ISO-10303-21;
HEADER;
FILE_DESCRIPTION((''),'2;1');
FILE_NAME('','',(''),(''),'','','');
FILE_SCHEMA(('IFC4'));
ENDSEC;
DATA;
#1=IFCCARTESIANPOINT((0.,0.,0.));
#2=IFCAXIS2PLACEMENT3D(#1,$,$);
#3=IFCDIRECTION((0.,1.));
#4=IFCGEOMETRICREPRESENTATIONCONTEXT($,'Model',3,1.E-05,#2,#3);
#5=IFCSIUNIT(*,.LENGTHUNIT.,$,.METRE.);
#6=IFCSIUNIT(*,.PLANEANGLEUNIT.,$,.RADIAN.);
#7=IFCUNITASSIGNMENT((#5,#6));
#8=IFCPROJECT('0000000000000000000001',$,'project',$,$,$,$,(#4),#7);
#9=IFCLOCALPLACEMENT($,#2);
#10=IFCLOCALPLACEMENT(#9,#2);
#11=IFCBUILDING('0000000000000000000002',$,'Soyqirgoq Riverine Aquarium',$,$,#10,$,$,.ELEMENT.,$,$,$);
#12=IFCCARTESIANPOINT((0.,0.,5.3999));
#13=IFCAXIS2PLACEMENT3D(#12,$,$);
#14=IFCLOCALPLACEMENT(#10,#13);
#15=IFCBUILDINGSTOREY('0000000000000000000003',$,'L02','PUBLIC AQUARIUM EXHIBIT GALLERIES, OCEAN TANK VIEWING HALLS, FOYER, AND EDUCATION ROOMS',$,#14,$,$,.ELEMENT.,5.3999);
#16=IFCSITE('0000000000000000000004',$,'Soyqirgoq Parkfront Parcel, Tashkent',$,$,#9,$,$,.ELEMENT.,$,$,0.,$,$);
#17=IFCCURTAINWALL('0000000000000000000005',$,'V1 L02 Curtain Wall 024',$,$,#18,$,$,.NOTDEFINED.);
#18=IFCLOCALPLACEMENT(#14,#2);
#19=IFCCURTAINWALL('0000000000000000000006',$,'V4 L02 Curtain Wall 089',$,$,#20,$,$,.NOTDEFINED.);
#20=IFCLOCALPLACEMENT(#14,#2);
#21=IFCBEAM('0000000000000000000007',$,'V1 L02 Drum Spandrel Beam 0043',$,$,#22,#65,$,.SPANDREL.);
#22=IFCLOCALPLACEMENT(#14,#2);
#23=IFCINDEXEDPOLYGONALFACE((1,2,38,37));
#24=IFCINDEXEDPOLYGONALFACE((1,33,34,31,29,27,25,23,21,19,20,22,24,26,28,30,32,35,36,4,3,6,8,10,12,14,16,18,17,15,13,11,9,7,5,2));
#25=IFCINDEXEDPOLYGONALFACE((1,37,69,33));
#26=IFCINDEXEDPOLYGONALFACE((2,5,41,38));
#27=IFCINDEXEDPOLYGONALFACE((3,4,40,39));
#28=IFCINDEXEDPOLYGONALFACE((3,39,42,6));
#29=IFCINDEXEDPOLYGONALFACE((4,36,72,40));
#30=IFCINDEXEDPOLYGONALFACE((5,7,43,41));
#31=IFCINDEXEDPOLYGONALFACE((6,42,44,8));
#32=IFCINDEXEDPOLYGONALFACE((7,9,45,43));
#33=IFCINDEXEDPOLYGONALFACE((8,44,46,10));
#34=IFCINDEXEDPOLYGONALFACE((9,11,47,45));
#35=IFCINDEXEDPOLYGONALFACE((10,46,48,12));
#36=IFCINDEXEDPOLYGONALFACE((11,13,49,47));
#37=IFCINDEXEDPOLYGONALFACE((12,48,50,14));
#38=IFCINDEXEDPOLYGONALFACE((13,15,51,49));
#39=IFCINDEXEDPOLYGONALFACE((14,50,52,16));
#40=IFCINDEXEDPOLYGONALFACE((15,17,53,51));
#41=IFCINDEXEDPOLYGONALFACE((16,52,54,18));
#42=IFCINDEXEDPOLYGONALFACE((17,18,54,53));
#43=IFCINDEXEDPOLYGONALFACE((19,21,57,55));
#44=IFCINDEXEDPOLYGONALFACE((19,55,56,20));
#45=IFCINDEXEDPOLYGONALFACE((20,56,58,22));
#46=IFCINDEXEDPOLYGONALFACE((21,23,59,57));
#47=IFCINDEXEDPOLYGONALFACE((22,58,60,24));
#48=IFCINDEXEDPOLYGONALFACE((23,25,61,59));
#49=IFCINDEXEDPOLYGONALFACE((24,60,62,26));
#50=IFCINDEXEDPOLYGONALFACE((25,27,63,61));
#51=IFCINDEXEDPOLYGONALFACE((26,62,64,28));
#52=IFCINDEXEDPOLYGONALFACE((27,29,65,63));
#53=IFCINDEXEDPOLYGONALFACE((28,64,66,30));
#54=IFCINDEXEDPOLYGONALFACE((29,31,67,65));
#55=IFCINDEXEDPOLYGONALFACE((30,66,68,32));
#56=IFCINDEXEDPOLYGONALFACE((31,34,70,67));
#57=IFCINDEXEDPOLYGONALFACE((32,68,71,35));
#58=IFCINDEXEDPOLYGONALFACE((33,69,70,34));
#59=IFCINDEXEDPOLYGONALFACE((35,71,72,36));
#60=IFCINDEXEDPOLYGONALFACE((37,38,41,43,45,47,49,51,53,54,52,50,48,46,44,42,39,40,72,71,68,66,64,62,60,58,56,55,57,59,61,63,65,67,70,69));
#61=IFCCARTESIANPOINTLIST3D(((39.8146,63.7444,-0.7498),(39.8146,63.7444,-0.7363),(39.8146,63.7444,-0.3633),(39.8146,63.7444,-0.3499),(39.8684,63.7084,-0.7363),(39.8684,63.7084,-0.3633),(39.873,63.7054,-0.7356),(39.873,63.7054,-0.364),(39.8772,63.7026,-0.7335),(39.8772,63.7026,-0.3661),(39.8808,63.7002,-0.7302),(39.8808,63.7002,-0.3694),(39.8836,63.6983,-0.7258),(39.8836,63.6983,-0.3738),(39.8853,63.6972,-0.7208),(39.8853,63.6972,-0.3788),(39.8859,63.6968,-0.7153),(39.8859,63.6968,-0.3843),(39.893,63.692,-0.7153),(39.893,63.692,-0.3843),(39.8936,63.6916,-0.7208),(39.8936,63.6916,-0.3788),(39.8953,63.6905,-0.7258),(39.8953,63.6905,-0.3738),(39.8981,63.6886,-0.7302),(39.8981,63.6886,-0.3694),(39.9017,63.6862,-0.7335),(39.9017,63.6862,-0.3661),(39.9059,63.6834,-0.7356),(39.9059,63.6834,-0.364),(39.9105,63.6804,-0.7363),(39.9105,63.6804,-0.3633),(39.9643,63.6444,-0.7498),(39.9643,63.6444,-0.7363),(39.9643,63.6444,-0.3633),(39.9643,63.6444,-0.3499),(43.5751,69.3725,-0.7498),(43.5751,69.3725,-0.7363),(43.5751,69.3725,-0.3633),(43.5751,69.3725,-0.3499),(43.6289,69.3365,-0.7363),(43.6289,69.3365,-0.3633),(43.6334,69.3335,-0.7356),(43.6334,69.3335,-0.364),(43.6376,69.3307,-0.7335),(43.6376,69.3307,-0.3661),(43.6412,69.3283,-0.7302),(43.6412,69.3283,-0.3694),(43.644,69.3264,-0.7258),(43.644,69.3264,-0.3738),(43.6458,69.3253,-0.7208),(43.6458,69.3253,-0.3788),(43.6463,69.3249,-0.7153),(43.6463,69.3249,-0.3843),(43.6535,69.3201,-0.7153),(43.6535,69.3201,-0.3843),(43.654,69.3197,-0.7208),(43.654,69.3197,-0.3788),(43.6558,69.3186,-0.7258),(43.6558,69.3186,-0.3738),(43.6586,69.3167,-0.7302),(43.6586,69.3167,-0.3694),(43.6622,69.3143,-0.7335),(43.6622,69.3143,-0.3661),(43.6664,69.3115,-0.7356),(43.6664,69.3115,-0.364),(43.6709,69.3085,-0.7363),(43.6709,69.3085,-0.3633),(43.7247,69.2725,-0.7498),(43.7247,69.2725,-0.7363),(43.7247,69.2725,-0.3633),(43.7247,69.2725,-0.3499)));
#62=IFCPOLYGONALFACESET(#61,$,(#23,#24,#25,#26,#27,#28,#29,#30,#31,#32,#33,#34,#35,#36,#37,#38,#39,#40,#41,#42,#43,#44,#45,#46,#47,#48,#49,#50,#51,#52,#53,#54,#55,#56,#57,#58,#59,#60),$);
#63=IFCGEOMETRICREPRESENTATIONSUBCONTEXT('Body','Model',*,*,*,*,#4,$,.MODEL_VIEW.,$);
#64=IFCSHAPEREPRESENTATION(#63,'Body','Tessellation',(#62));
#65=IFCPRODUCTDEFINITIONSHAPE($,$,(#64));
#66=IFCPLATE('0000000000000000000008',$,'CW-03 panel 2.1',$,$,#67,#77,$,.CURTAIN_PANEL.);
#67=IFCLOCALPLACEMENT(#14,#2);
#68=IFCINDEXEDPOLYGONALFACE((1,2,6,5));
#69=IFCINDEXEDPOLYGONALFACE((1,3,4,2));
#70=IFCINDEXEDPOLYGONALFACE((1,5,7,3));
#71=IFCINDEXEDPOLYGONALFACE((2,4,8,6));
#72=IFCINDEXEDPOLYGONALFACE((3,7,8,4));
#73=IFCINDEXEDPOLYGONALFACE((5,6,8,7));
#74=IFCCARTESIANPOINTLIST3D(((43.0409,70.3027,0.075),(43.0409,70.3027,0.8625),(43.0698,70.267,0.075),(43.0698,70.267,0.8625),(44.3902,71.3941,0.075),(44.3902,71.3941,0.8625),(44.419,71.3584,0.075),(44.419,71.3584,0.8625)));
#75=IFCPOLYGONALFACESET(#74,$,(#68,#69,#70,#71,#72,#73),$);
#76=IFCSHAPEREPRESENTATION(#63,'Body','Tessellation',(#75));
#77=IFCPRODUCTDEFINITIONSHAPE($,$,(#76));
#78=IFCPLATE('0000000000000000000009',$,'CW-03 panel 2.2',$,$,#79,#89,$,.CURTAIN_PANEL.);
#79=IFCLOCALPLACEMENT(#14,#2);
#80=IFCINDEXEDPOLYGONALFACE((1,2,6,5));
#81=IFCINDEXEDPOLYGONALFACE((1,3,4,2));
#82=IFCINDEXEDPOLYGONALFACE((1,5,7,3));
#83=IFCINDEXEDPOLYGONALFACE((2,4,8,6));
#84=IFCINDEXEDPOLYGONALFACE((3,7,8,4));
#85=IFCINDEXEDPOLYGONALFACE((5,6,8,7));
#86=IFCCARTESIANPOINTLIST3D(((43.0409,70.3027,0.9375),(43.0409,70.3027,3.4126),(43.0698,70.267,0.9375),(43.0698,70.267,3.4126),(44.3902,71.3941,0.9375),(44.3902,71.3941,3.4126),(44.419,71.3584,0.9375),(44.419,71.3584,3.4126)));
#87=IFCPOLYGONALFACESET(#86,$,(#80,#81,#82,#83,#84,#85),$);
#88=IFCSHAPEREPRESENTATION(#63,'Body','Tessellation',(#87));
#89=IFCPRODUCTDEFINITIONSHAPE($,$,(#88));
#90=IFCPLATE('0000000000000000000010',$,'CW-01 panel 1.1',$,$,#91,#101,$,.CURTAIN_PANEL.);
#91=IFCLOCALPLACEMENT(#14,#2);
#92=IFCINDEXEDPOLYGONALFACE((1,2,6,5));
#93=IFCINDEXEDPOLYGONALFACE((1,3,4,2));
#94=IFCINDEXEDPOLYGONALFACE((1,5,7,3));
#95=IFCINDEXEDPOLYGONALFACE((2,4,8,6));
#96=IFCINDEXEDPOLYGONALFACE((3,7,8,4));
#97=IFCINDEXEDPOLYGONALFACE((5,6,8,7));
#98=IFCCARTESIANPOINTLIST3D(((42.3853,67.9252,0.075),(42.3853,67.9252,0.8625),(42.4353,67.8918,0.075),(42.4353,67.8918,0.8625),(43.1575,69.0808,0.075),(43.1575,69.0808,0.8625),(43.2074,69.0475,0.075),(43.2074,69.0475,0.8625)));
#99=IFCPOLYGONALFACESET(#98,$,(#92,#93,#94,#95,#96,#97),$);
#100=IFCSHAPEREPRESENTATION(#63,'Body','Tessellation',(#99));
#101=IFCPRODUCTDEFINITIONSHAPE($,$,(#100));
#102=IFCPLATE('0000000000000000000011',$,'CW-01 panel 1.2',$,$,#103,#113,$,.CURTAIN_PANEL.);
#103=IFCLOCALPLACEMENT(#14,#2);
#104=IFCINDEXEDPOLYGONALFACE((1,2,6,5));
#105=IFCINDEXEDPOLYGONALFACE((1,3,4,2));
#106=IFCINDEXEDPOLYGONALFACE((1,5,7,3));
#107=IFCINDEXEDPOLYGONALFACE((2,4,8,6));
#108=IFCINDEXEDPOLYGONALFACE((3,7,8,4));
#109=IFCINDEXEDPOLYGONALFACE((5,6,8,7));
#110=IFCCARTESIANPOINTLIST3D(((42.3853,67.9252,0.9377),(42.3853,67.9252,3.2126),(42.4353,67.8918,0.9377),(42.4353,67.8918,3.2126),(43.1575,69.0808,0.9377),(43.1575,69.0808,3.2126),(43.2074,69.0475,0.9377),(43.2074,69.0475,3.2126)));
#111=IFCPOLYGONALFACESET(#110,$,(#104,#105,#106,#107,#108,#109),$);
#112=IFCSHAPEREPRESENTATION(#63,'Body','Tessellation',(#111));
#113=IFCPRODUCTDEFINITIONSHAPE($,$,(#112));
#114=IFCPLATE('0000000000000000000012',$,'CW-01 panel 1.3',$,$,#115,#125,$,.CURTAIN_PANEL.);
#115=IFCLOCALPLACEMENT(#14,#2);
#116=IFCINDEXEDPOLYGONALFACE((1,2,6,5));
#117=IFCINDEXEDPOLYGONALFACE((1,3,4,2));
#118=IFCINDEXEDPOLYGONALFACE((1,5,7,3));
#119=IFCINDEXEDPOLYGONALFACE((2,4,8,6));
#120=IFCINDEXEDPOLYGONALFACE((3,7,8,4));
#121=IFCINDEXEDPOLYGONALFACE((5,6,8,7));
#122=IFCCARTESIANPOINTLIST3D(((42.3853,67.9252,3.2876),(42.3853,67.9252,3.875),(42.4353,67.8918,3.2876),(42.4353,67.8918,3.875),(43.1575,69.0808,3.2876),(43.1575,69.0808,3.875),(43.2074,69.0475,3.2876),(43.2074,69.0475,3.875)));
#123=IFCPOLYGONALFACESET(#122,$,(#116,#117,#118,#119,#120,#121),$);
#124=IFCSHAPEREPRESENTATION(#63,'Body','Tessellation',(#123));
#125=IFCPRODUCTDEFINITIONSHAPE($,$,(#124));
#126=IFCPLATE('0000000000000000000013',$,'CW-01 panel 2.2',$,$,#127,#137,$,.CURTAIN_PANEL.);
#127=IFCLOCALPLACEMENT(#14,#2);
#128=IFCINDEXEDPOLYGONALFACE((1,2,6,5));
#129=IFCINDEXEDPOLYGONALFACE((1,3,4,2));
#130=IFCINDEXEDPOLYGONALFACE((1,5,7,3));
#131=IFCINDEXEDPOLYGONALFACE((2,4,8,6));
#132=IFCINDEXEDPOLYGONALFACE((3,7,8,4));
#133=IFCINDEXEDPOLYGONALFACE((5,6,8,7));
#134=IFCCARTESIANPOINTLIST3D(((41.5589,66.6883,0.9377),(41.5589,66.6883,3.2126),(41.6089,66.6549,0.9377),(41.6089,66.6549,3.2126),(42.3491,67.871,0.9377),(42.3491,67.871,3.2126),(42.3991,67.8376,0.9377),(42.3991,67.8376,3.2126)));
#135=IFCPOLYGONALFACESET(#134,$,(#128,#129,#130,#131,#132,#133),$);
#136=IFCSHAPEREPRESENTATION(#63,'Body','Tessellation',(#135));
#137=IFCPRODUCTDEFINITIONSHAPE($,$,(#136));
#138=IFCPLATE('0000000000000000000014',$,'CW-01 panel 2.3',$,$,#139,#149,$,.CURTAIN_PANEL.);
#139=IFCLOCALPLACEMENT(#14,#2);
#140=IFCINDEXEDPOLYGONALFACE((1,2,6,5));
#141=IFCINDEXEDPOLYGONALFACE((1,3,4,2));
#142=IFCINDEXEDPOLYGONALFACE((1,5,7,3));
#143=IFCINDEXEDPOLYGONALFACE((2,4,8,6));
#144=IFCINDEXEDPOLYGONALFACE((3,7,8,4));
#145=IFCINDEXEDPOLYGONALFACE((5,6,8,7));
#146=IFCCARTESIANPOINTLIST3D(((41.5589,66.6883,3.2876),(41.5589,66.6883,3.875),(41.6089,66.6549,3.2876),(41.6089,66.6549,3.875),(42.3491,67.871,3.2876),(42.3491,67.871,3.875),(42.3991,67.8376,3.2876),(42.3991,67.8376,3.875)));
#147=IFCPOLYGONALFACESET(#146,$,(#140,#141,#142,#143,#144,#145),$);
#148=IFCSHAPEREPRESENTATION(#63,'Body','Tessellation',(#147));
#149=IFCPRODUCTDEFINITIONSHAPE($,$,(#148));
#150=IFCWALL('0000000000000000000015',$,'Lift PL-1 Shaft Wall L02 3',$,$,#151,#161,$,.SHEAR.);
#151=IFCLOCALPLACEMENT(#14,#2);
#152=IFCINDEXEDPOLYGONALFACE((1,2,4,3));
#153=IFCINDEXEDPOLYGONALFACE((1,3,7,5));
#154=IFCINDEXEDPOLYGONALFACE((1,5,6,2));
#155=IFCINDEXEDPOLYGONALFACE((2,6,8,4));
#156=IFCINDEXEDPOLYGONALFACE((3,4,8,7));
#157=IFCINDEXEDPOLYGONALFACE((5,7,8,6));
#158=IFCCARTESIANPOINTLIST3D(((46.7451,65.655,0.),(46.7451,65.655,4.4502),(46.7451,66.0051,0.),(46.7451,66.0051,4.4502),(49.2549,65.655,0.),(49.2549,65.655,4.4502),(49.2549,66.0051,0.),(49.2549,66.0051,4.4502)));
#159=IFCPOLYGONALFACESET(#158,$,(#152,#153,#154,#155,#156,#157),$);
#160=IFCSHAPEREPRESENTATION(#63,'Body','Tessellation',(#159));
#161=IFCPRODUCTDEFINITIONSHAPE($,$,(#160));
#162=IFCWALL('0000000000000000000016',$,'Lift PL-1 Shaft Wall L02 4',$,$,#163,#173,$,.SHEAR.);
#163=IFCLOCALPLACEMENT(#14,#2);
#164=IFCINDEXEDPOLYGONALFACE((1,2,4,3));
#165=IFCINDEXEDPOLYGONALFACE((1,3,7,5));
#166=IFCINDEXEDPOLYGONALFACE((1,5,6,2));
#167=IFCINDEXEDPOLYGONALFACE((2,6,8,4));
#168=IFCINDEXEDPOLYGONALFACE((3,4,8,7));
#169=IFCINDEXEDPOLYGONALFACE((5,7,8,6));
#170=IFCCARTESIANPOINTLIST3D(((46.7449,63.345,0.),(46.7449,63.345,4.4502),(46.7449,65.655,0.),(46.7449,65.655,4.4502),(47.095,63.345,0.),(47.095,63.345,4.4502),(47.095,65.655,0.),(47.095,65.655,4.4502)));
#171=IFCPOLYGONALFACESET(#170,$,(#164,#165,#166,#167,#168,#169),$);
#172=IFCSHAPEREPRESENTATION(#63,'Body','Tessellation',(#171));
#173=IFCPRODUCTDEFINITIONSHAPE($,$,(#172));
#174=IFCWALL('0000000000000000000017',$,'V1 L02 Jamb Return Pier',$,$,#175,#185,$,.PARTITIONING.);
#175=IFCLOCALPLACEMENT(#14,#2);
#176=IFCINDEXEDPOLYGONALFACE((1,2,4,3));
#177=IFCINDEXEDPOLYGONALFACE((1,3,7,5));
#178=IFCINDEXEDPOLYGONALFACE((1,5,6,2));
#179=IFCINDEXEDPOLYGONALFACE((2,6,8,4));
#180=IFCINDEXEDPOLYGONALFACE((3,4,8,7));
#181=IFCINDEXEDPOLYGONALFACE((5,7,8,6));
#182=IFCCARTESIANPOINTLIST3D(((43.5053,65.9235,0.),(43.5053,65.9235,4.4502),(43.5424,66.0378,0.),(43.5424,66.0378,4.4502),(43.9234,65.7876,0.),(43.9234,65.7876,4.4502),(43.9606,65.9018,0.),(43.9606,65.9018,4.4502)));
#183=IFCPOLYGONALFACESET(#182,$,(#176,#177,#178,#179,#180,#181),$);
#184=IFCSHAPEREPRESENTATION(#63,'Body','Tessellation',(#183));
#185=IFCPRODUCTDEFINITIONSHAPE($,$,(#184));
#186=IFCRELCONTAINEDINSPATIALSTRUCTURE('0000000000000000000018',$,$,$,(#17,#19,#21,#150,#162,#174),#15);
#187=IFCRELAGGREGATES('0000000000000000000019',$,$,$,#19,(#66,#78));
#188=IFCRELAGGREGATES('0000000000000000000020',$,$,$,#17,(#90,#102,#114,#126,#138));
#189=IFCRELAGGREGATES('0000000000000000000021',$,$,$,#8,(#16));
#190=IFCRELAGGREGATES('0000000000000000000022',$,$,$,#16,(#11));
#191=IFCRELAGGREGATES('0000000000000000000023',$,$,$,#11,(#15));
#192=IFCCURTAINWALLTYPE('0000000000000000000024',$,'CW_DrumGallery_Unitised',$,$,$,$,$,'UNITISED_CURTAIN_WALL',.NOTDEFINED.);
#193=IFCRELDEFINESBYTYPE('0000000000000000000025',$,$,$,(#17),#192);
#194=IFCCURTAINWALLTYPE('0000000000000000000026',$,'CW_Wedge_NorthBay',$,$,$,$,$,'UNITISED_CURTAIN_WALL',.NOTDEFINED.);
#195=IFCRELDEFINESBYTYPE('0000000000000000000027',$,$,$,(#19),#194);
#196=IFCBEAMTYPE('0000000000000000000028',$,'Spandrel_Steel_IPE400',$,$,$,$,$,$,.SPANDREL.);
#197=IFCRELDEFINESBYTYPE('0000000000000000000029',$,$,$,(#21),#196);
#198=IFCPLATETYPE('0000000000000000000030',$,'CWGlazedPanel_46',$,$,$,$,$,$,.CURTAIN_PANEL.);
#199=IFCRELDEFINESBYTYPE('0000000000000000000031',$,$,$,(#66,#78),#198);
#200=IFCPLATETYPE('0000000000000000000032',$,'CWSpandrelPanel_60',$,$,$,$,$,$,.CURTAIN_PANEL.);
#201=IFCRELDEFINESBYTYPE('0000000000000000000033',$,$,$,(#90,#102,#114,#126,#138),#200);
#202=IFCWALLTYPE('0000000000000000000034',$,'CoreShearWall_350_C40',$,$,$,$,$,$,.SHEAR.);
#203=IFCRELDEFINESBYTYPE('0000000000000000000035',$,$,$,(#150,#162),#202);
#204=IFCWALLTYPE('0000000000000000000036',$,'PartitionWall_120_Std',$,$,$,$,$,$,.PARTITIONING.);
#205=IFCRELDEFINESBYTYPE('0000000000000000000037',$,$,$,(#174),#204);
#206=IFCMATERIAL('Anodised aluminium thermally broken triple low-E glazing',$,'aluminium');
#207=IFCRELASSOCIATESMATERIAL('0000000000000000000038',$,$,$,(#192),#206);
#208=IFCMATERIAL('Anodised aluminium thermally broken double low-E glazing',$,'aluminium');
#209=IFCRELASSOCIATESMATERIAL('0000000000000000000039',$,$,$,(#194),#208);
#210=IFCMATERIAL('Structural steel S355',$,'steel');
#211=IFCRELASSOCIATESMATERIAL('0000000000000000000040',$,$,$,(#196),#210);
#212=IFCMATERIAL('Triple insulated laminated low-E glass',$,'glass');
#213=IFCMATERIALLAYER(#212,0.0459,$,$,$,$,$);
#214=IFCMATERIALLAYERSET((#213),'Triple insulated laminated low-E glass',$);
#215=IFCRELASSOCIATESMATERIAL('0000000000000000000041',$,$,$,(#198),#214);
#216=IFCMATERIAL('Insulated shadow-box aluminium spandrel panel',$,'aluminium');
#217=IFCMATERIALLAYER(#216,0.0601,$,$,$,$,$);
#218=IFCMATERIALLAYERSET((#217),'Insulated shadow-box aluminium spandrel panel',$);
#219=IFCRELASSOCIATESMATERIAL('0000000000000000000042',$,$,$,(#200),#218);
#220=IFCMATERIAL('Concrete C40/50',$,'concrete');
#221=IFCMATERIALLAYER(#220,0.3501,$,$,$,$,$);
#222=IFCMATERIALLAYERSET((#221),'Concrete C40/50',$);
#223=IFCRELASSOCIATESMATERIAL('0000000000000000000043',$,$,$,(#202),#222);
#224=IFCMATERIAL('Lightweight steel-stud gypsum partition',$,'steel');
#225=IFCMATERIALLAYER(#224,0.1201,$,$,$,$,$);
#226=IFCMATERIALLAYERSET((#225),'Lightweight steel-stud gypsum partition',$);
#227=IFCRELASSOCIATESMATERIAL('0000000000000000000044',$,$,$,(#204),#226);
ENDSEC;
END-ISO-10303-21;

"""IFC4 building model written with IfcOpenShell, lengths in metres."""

from ifc_helpers import new_model, si_unit, direction, frame, frame_2d, origin, origin_2d, place, context, subcontext, project, spatial, rectangle, i_section, extrude, material, layer, layer_set, material_profile, profile_set, type_object, element, aggregate, save


model = new_model("IFC4")

# Units and contexts
model_context = context("Model", 3, precision=1e-05, world=origin(), true_north=direction((0.0, 1.0)))
body_context = subcontext(model_context, "Body", "Model", "MODEL_VIEW")
ifc_project = project(units=[si_unit("LENGTHUNIT", "METRE"), si_unit("PLANEANGLEUNIT", "RADIAN")], contexts=[model_context])

# Site, building, storey
site_placement = place(None, origin())
site = spatial("IfcSite", under=ifc_project, at=site_placement, Name="Soyqirgoq Parkfront Parcel, Tashkent", CompositionType="ELEMENT", RefElevation=0.0)
building_placement = place(site_placement, origin())
building = spatial("IfcBuilding", under=site, at=building_placement, Name="Soyqirgoq Riverine Aquarium", CompositionType="ELEMENT")
storey_placement = place(building_placement, frame((0.0, 0.0, 5.3999)))
storey = spatial("IfcBuildingStorey", under=building, at=storey_placement, Name="L02", Description="PUBLIC AQUARIUM EXHIBIT GALLERIES, OCEAN TANK VIEWING HALLS, FOYER, AND EDUCATION ROOMS", CompositionType="ELEMENT", Elevation=5.3999)

# Curtain wall
ifc_material_1 = material(Name="Anodised aluminium thermally broken triple low-E glazing", Category="aluminium")
curtain_wall_type_1 = type_object("IfcCurtainWallType", Name="CW_DrumGallery_Unitised", ElementType="UNITISED_CURTAIN_WALL", PredefinedType="NOTDEFINED", material=ifc_material_1)
curtain_wall_1_placement = place(storey_placement, origin())
curtain_wall_1 = element("IfcCurtainWall", 1, at=curtain_wall_1_placement, inside=storey, type_object=curtain_wall_type_1, Name="V1 L02 Curtain Wall 024", PredefinedType="NOTDEFINED")

# Curtain wall
ifc_material_2 = material(Name="Anodised aluminium thermally broken double low-E glazing", Category="aluminium")
curtain_wall_type_2 = type_object("IfcCurtainWallType", Name="CW_Wedge_NorthBay", ElementType="UNITISED_CURTAIN_WALL", PredefinedType="NOTDEFINED", material=ifc_material_2)
curtain_wall_2_placement = place(storey_placement, origin())
curtain_wall_2 = element("IfcCurtainWall", 2, at=curtain_wall_2_placement, inside=storey, type_object=curtain_wall_type_2, Name="V4 L02 Curtain Wall 089", PredefinedType="NOTDEFINED")

# Beam
ifc_material_3 = material(Name="Structural steel S355", Category="steel")
ifc_material_profile_1 = material_profile(ifc_material_3, i_section(OverallWidth=0.1799, OverallDepth=0.3999, WebThickness=0.0085, FlangeThickness=0.0134, FilletRadius=0.021, at=origin_2d()), Name="IPE 400")
ifc_profile_set_1 = profile_set([ifc_material_profile_1], Name="Structural steel S355")
beam_type = type_object("IfcBeamType", Name="Spandrel_Steel_IPE400", PredefinedType="SPANDREL", material=ifc_profile_set_1)
beam_placement = place(storey_placement, frame((43.6499, 69.3225, -0.5498), z_axis=(-0.555557, -0.831478, 0.0), x_axis=(0.831478, -0.555557, 0.0)))
element("IfcBeam", 3, at=beam_placement, inside=storey, type_object=beam_type, Name="V1 L02 Drum Spandrel Beam 0043", PredefinedType="SPANDREL", context=body_context, shape_type="SweptSolid", body=[
    extrude(i_section(OverallWidth=0.1799, OverallDepth=0.3999, WebThickness=0.0085, FlangeThickness=0.0134, FilletRadius=0.021, at=origin_2d()), origin(), (0.0, 0.0, 1.0), 6.7688),
])

# Plates
ifc_material_4 = material(Name="Triple insulated laminated low-E glass", Category="glass")
ifc_layer_1 = layer(ifc_material_4, 0.0459)
ifc_layer_set_1 = layer_set([ifc_layer_1], Name="Triple insulated laminated low-E glass")
plate_type_1 = type_object("IfcPlateType", Name="CWGlazedPanel_46", PredefinedType="CURTAIN_PANEL", material=ifc_layer_set_1)
plate_1_placement = place(storey_placement, frame((43.73, 70.8306, 0.075), z_axis=(0.0, 0.0, 1.0), x_axis=(-0.777491, -0.628894, 0.0)))
plate_1 = element("IfcPlate", 4, at=plate_1_placement, type_object=plate_type_1, Name="CW-03 panel 2.1", PredefinedType="CURTAIN_PANEL", context=body_context, shape_type="SweptSolid", body=[
    extrude(rectangle(XDim=1.7354, YDim=0.0459, at=origin_2d()), origin(), (0.0, 0.0, 1.0), 0.7876),
])
plate_2_placement = place(storey_placement, frame((43.73, 70.8306, 0.9375), z_axis=(0.0, 0.0, 1.0), x_axis=(-0.777491, -0.628894, 0.0)))
plate_2 = element("IfcPlate", 5, at=plate_2_placement, type_object=plate_type_1, Name="CW-03 panel 2.2", PredefinedType="CURTAIN_PANEL", context=body_context, shape_type="SweptSolid", body=[
    extrude(rectangle(XDim=1.7354, YDim=0.0459, at=origin_2d()), origin(), (0.0, 0.0, 1.0), 2.4751),
])
aggregate(curtain_wall_2, [plate_1, plate_2])
ifc_material_5 = material(Name="Insulated shadow-box aluminium spandrel panel", Category="aluminium")
ifc_layer_2 = layer(ifc_material_5, 0.0601)
ifc_layer_set_2 = layer_set([ifc_layer_2], Name="Insulated shadow-box aluminium spandrel panel")
plate_type_2 = type_object("IfcPlateType", Name="CWSpandrelPanel_60", PredefinedType="CURTAIN_PANEL", material=ifc_layer_set_2)
plate_3_placement = place(storey_placement, frame((42.7964, 68.4863, 0.075), z_axis=(0.0, 0.0, 1.0), x_axis=(-0.555565, -0.831473, 0.0)))
plate_3 = element("IfcPlate", 6, at=plate_3_placement, type_object=plate_type_2, Name="CW-01 panel 1.1", PredefinedType="CURTAIN_PANEL", context=body_context, shape_type="SweptSolid", body=[
    extrude(rectangle(XDim=1.3899, YDim=0.0601, at=origin_2d()), origin(), (0.0, 0.0, 1.0), 0.7876),
])
plate_4_placement = place(storey_placement, frame((42.7964, 68.4863, 0.9377), z_axis=(0.0, 0.0, 1.0), x_axis=(-0.555565, -0.831473, 0.0)))
plate_4 = element("IfcPlate", 7, at=plate_4_placement, type_object=plate_type_2, Name="CW-01 panel 1.2", PredefinedType="CURTAIN_PANEL", context=body_context, shape_type="SweptSolid", body=[
    extrude(rectangle(XDim=1.3899, YDim=0.0601, at=origin_2d()), origin(), (0.0, 0.0, 1.0), 2.2749),
])
plate_5_placement = place(storey_placement, frame((42.7964, 68.4863, 3.2876), z_axis=(0.0, 0.0, 1.0), x_axis=(-0.555565, -0.831473, 0.0)))
plate_5 = element("IfcPlate", 8, at=plate_5_placement, type_object=plate_type_2, Name="CW-01 panel 1.3", PredefinedType="CURTAIN_PANEL", context=body_context, shape_type="SweptSolid", body=[
    extrude(rectangle(XDim=1.3899, YDim=0.0601, at=origin_2d()), origin(), (0.0, 0.0, 1.0), 0.5874),
])
plate_6_placement = place(storey_placement, frame((41.979, 67.2629, 0.9377), z_axis=(0.0, 0.0, 1.0), x_axis=(-0.555565, -0.831473, 0.0)))
plate_6 = element("IfcPlate", 9, at=plate_6_placement, type_object=plate_type_2, Name="CW-01 panel 2.2", PredefinedType="CURTAIN_PANEL", context=body_context, shape_type="SweptSolid", body=[
    extrude(rectangle(XDim=1.4224, YDim=0.0601, at=origin_2d()), origin(), (0.0, 0.0, 1.0), 2.2749),
])
plate_7_placement = place(storey_placement, frame((41.979, 67.2629, 3.2876), z_axis=(0.0, 0.0, 1.0), x_axis=(-0.555565, -0.831473, 0.0)))
plate_7 = element("IfcPlate", 10, at=plate_7_placement, type_object=plate_type_2, Name="CW-01 panel 2.3", PredefinedType="CURTAIN_PANEL", context=body_context, shape_type="SweptSolid", body=[
    extrude(rectangle(XDim=1.4224, YDim=0.0601, at=origin_2d()), origin(), (0.0, 0.0, 1.0), 0.5874),
])
aggregate(curtain_wall_1, [plate_3, plate_4, plate_5, plate_6, plate_7])

# Walls
ifc_material_6 = material(Name="Concrete C40/50", Category="concrete")
ifc_layer_3 = layer(ifc_material_6, 0.3501)
ifc_layer_set_3 = layer_set([ifc_layer_3], Name="Concrete C40/50")
wall_type_1 = type_object("IfcWallType", Name="CoreShearWall_350_C40", PredefinedType="SHEAR", material=ifc_layer_set_3)
wall_1_placement = place(storey_placement, frame((49.2549, 65.8301, 0.0), z_axis=(0.0, 0.0, 1.0), x_axis=(-1.0, 0.0, 0.0)))
element("IfcWall", 11, at=wall_1_placement, inside=storey, type_object=wall_type_1, Name="Lift PL-1 Shaft Wall L02 3", PredefinedType="SHEAR", context=body_context, shape_type="SweptSolid", body=[
    extrude(rectangle(XDim=2.5098, YDim=0.3501, at=frame_2d((1.2549, 0.0))), origin(), (0.0, 0.0, 1.0), 4.4502),
])
wall_2_placement = place(storey_placement, frame((46.9199, 65.655, 0.0), z_axis=(0.0, 0.0, 1.0), x_axis=(0.0, -1.0, 0.0)))
element("IfcWall", 12, at=wall_2_placement, inside=storey, type_object=wall_type_1, Name="Lift PL-1 Shaft Wall L02 4", PredefinedType="SHEAR", context=body_context, shape_type="SweptSolid", body=[
    extrude(rectangle(XDim=2.3101, YDim=0.3501, at=frame_2d((1.155, 0.0))), origin(), (0.0, 0.0, 1.0), 4.4502),
])
ifc_material_7 = material(Name="Lightweight steel-stud gypsum partition", Category="steel")
ifc_layer_4 = layer(ifc_material_7, 0.1201)
ifc_layer_set_4 = layer_set([ifc_layer_4], Name="Lightweight steel-stud gypsum partition")
wall_type_2 = type_object("IfcWallType", Name="PartitionWall_120_Std", PredefinedType="PARTITIONING", material=ifc_layer_set_4)
wall_3_placement = place(storey_placement, frame((43.9419, 65.8447, 0.0), z_axis=(0.0, 0.0, 1.0), x_axis=(-0.950989, 0.309224, 0.0)))
element("IfcWall", 13, at=wall_3_placement, inside=storey, type_object=wall_type_2, Name="V1 L02 Jamb Return Pier", PredefinedType="PARTITIONING", context=body_context, shape_type="SweptSolid", body=[
    extrude(rectangle(XDim=0.4397, YDim=0.1201, at=frame_2d((0.2197, 0.0))), origin(), (0.0, 0.0, 1.0), 4.4502),
])

save(model, "model.ifc")
